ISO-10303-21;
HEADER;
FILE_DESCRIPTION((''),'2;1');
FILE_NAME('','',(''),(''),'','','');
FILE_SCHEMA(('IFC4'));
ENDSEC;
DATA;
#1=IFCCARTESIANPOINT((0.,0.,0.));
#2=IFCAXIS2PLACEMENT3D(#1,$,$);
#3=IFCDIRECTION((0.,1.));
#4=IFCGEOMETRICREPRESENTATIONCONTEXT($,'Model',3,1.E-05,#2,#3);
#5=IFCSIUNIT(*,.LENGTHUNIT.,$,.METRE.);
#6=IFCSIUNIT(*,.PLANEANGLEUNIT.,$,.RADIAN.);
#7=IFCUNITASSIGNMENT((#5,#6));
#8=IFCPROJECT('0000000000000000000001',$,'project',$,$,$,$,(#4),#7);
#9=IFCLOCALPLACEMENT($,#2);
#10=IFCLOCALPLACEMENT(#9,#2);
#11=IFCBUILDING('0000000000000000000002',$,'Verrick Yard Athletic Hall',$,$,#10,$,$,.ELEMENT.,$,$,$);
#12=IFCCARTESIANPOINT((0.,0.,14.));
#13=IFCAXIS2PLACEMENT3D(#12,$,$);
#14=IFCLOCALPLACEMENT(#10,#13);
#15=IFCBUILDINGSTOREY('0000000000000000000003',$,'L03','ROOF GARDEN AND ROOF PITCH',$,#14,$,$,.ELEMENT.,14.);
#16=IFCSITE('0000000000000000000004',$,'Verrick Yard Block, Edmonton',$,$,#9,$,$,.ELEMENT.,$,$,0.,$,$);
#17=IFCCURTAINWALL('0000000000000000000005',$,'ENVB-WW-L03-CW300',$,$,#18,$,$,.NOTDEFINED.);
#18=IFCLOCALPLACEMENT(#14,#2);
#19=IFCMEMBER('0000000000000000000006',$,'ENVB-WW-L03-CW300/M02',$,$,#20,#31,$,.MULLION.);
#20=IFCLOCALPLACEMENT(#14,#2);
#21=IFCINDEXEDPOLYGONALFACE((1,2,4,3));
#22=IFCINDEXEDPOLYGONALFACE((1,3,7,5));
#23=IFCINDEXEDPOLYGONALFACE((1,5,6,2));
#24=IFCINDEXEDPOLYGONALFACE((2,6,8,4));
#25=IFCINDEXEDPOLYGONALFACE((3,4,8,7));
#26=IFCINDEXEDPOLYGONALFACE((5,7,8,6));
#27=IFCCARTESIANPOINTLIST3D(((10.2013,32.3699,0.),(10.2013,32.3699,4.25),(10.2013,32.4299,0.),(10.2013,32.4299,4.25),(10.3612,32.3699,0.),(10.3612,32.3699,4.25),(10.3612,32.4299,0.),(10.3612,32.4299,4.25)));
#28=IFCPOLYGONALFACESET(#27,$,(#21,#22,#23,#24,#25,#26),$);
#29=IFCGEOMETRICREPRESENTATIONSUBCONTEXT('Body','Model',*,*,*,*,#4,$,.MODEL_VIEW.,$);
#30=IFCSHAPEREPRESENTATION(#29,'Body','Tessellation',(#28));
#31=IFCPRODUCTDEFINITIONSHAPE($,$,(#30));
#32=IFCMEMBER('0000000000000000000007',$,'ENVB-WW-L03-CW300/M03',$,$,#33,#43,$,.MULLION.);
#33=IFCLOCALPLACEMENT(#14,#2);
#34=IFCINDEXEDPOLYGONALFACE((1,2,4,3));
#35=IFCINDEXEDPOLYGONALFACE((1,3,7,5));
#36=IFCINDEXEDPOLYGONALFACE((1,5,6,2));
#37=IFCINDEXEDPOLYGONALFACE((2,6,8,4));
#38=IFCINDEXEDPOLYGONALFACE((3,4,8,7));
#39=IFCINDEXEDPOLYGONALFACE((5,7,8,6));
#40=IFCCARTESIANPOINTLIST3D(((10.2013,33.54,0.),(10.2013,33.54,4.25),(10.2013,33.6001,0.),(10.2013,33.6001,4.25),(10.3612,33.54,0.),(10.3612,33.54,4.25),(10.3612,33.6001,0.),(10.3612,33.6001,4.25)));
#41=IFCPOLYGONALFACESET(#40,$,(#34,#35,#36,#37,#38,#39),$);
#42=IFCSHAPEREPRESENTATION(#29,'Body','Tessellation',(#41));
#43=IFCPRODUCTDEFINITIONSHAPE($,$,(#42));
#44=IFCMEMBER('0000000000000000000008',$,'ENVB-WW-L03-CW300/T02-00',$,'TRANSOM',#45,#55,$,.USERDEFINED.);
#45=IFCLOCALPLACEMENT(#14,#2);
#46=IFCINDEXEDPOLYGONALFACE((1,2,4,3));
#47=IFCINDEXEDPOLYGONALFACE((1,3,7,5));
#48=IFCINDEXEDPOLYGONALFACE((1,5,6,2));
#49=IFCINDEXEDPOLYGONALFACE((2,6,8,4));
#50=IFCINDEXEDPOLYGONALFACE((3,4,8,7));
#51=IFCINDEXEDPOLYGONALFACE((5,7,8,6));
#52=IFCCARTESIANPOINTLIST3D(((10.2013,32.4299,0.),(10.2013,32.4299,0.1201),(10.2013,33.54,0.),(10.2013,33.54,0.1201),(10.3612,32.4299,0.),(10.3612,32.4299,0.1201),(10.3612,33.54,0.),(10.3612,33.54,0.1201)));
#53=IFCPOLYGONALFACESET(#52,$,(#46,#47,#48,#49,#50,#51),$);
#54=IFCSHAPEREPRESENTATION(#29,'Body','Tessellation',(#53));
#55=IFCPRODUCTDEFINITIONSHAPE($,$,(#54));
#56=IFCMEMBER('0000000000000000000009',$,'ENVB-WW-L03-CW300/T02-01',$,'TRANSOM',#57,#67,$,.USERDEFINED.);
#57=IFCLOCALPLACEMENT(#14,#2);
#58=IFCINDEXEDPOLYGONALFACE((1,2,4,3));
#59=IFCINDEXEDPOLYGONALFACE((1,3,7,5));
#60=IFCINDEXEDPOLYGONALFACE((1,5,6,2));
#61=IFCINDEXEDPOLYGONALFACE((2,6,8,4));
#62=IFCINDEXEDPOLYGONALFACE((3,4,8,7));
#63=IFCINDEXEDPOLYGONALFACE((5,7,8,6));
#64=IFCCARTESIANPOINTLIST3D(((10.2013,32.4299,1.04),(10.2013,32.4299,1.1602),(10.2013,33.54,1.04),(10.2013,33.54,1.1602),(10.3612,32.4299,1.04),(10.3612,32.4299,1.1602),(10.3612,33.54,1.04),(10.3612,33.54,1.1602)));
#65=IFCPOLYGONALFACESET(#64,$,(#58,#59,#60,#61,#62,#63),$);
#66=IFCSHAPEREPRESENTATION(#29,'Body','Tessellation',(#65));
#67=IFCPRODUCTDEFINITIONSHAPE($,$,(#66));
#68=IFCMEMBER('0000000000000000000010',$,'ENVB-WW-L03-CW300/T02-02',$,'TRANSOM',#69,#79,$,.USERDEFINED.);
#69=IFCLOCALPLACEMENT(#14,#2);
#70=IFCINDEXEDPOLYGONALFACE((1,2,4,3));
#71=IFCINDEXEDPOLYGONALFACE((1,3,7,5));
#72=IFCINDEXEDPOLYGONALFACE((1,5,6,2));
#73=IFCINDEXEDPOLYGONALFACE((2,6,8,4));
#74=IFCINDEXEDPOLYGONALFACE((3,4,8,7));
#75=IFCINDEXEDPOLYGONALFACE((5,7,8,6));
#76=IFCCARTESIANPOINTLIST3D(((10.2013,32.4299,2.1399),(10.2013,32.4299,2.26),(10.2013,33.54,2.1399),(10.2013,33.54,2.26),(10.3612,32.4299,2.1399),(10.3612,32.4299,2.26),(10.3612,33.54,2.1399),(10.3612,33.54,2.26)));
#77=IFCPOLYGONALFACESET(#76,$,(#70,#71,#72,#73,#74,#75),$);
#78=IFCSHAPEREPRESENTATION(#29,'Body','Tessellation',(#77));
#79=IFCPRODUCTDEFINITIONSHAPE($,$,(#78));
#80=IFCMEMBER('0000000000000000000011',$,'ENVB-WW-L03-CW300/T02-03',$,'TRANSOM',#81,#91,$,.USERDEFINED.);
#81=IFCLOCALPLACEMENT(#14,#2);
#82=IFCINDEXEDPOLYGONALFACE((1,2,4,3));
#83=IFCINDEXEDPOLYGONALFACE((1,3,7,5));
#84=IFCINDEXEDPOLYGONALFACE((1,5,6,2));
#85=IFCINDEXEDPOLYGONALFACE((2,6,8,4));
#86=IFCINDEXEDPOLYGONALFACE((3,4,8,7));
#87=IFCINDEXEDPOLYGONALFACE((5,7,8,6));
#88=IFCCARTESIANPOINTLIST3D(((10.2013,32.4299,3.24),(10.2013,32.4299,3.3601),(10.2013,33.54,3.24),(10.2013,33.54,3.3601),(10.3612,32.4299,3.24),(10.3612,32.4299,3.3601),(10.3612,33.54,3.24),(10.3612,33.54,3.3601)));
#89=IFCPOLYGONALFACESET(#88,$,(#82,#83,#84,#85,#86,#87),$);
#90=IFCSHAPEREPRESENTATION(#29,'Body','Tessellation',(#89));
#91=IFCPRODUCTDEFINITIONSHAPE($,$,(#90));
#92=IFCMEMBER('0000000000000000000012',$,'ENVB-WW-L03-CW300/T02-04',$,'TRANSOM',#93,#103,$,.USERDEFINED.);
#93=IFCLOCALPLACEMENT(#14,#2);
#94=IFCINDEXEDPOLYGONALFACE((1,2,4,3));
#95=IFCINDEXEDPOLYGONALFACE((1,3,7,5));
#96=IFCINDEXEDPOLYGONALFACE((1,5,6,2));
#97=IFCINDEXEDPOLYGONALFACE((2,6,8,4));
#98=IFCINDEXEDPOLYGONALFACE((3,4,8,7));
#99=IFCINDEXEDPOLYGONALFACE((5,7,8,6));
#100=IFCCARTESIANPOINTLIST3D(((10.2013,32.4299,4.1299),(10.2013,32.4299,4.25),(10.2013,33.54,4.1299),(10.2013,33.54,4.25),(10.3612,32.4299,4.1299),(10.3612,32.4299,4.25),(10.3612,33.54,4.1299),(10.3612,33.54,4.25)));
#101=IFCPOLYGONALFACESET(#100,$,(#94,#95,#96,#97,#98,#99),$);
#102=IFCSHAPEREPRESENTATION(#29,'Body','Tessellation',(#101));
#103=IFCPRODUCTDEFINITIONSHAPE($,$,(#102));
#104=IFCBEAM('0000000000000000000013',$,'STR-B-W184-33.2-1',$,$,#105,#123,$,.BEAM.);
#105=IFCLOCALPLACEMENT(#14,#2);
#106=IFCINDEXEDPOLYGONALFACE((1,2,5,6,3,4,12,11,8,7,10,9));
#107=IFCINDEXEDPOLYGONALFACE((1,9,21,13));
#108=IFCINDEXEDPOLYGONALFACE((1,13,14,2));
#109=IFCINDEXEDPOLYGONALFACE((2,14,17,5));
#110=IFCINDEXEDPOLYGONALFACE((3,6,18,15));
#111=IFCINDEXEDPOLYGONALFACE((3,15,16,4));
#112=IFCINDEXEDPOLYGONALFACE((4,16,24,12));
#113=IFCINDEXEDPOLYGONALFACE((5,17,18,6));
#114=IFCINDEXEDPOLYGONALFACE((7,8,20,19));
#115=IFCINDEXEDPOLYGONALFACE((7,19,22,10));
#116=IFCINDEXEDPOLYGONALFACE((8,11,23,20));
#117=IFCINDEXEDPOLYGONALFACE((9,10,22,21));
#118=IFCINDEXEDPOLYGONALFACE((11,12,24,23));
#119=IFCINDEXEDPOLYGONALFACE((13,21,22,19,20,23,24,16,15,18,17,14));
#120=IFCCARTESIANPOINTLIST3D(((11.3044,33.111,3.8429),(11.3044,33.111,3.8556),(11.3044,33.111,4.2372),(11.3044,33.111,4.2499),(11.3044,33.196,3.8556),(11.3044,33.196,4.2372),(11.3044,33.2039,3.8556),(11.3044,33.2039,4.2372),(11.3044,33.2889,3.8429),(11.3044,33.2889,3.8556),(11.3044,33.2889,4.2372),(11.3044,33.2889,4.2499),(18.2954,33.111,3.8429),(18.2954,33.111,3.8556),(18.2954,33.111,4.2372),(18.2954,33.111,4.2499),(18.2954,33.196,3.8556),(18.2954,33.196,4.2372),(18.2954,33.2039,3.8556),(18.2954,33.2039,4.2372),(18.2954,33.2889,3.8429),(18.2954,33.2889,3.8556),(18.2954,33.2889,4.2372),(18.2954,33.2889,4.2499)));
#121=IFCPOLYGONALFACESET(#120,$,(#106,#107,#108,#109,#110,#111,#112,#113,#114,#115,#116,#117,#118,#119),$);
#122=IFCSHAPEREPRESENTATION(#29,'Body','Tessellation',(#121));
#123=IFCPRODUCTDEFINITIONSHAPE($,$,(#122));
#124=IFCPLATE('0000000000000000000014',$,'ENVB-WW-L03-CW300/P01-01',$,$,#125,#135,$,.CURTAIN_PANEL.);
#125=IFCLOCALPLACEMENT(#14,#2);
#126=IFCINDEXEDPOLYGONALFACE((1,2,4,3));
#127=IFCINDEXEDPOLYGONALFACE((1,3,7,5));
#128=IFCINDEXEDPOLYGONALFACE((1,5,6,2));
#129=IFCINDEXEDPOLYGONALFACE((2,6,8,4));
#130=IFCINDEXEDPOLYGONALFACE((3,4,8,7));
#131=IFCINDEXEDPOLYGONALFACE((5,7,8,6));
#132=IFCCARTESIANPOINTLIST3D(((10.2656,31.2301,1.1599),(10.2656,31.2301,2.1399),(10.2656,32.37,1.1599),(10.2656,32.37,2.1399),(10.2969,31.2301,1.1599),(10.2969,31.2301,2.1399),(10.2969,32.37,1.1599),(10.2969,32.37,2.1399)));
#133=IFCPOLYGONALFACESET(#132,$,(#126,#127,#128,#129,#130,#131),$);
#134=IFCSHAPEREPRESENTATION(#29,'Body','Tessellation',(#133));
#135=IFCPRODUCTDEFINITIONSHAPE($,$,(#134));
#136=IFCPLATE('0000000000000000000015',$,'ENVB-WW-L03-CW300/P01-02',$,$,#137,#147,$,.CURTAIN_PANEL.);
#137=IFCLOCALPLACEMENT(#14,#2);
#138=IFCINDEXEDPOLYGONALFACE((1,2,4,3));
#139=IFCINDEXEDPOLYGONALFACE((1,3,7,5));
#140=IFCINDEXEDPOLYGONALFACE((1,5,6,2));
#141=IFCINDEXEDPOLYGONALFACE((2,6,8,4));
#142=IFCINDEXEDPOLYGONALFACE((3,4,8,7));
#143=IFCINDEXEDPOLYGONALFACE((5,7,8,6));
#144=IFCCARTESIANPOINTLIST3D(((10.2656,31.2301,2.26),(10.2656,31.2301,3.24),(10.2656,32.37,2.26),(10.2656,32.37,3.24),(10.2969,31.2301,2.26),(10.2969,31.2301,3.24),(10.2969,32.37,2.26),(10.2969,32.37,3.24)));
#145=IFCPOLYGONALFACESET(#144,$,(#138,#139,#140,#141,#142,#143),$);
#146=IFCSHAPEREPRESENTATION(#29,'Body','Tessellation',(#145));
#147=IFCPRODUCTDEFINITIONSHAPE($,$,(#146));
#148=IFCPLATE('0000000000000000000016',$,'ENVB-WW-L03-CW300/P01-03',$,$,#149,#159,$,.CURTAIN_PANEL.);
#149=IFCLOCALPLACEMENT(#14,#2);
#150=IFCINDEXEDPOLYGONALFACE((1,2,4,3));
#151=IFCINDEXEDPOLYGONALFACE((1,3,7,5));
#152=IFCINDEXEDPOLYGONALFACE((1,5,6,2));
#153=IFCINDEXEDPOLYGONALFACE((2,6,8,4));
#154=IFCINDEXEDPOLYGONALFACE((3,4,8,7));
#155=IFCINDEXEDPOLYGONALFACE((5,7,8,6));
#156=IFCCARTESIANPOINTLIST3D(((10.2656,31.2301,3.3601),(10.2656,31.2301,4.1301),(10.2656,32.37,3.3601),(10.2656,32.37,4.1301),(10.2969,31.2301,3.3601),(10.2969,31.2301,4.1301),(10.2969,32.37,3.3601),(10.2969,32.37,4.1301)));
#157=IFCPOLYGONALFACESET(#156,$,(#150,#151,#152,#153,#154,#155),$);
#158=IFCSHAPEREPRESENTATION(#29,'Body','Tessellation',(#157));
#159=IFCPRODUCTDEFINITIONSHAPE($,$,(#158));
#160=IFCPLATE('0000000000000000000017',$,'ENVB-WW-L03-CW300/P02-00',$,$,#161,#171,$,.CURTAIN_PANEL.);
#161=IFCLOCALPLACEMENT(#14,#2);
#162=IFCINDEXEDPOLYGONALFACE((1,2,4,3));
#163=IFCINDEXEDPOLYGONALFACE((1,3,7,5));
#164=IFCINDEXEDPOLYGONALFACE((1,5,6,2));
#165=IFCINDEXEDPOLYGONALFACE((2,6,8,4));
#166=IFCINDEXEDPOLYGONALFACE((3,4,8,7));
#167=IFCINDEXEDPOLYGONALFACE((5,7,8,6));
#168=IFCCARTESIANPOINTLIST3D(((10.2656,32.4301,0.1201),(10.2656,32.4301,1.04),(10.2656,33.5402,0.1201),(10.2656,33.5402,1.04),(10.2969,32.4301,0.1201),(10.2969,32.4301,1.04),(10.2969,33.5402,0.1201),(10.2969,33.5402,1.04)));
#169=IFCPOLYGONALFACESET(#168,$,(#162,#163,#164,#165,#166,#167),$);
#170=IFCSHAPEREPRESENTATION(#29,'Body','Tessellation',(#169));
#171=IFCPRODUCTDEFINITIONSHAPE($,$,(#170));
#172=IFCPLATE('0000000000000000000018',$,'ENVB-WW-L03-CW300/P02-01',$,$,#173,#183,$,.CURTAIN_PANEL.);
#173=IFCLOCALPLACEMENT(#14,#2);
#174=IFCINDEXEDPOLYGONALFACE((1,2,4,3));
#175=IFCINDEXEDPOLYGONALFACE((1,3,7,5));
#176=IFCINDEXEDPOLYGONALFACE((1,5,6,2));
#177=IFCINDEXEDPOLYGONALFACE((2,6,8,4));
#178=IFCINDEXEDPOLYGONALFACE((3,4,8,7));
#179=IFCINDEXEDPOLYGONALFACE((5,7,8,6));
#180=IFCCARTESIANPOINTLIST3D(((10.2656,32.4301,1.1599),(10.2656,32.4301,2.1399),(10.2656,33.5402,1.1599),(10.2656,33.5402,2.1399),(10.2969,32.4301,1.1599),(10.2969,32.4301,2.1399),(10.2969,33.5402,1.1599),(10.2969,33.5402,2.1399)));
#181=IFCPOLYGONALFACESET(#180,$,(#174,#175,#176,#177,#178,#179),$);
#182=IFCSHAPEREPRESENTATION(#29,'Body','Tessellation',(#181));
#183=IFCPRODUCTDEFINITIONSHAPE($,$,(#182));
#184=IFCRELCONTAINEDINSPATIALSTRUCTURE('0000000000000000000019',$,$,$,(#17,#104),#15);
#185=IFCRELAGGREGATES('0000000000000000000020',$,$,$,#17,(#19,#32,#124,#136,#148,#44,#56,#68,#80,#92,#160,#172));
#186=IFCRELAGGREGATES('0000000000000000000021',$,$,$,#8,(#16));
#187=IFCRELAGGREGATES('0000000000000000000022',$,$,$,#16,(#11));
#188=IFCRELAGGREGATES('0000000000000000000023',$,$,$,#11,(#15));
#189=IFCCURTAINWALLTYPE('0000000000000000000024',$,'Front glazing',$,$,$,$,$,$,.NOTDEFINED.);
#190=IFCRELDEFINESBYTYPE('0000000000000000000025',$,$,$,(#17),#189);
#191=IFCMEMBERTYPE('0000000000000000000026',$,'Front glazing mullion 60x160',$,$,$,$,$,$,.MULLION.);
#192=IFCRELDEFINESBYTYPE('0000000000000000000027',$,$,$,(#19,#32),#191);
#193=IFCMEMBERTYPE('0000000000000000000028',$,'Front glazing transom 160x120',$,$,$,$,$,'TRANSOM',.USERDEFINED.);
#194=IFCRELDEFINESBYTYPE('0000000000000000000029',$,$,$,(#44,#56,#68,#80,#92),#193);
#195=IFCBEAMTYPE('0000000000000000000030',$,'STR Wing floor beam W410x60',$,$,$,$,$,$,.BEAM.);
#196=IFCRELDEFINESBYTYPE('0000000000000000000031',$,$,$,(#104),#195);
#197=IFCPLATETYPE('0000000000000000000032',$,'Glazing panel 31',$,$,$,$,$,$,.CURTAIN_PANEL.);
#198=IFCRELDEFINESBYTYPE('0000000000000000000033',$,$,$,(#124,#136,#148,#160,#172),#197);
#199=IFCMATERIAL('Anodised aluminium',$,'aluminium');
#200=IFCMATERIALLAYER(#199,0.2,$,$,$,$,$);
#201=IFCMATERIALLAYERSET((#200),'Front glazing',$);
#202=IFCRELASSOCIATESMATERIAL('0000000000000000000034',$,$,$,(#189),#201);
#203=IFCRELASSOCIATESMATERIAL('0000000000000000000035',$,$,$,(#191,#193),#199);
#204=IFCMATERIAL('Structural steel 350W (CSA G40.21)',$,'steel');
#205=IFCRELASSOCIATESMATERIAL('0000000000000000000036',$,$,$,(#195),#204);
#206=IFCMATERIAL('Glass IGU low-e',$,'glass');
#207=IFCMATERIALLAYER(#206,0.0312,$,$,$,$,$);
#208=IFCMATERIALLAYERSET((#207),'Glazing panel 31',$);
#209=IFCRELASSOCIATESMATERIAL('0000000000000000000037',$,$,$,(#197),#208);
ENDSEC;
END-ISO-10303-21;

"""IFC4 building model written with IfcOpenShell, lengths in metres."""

from ifc_helpers import new_model, si_unit, direction, frame, origin, origin_2d, place, context, subcontext, project, spatial, rectangle, i_section, extrude, material, layer, layer_set, material_profile, profile_set, type_object, element, aggregate, save


model = new_model("IFC4")

# Units and contexts
model_context = context("Model", 3, precision=1e-05, world=origin(), true_north=direction((0.0, 1.0)))
body_context = subcontext(model_context, "Body", "Model", "MODEL_VIEW")
ifc_project = project(units=[si_unit("LENGTHUNIT", "METRE"), si_unit("PLANEANGLEUNIT", "RADIAN")], contexts=[model_context])

# Site, building, storey
site_placement = place(None, origin())
site = spatial("IfcSite", under=ifc_project, at=site_placement, Name="Verrick Yard Block, Edmonton", CompositionType="ELEMENT", RefElevation=0.0)
building_placement = place(site_placement, origin())
building = spatial("IfcBuilding", under=site, at=building_placement, Name="Verrick Yard Athletic Hall", CompositionType="ELEMENT")
storey_placement = place(building_placement, frame((0.0, 0.0, 14.0)))
storey = spatial("IfcBuildingStorey", under=building, at=storey_placement, Name="L03", Description="ROOF GARDEN AND ROOF PITCH", CompositionType="ELEMENT", Elevation=14.0)

# Curtain wall, members
ifc_material_1 = material(Name="Anodised aluminium", Category="aluminium")
ifc_layer_1 = layer(ifc_material_1, 0.2)
ifc_layer_set_1 = layer_set([ifc_layer_1], Name="Front glazing")
curtain_wall_type = type_object("IfcCurtainWallType", Name="Front glazing", PredefinedType="NOTDEFINED", material=ifc_layer_set_1)
curtain_wall_placement = place(storey_placement, origin())
curtain_wall = element("IfcCurtainWall", 1, at=curtain_wall_placement, inside=storey, type_object=curtain_wall_type, Name="ENVB-WW-L03-CW300", PredefinedType="NOTDEFINED")
ifc_material_profile_1 = material_profile(ifc_material_1, rectangle(XDim=0.1599, YDim=0.0601, at=origin_2d()), Name="CW mullion 60x160")
ifc_profile_set_1 = profile_set([ifc_material_profile_1], Name="Anodised aluminium")
member_type_1 = type_object("IfcMemberType", Name="Front glazing mullion 60x160", PredefinedType="MULLION", material=ifc_profile_set_1)
member_1_placement = place(storey_placement, frame((10.2812, 32.3999, 0.0), z_axis=(0.0, 0.0, 1.0), x_axis=(-1.0, 0.0, 0.0)))
member_1 = element("IfcMember", 2, at=member_1_placement, type_object=member_type_1, Name="ENVB-WW-L03-CW300/M02", PredefinedType="MULLION", context=body_context, shape_type="SweptSolid", body=[
    extrude(rectangle(XDim=0.1599, YDim=0.0601, at=origin_2d()), origin(), (0.0, 0.0, 1.0), 4.25),
])
member_2_placement = place(storey_placement, frame((10.2812, 33.5701, 0.0), z_axis=(0.0, 0.0, 1.0), x_axis=(-1.0, 0.0, 0.0)))
member_2 = element("IfcMember", 3, at=member_2_placement, type_object=member_type_1, Name="ENVB-WW-L03-CW300/M03", PredefinedType="MULLION", context=body_context, shape_type="SweptSolid", body=[
    extrude(rectangle(XDim=0.1599, YDim=0.0601, at=origin_2d()), origin(), (0.0, 0.0, 1.0), 4.25),
])
ifc_material_profile_2 = material_profile(ifc_material_1, rectangle(XDim=0.1599, YDim=0.1201, at=origin_2d()), Name="CW transom 160x120")
ifc_profile_set_2 = profile_set([ifc_material_profile_2], Name="Anodised aluminium")
member_type_2 = type_object("IfcMemberType", Name="Front glazing transom 160x120", ElementType="TRANSOM", PredefinedType="USERDEFINED", material=ifc_profile_set_2)
member_3_placement = place(storey_placement, frame((10.2812, 32.4299, 0.0601), z_axis=(0.0, 1.0, 0.0), x_axis=(-1.0, 0.0, 0.0)))
member_3 = element("IfcMember", 4, at=member_3_placement, type_object=member_type_2, Name="ENVB-WW-L03-CW300/T02-00", ObjectType="TRANSOM", PredefinedType="USERDEFINED", context=body_context, shape_type="SweptSolid", body=[
    extrude(rectangle(XDim=0.1599, YDim=0.1201, at=origin_2d()), origin(), (0.0, 0.0, 1.0), 1.1101),
])
member_4_placement = place(storey_placement, frame((10.2812, 32.4299, 1.1001), z_axis=(0.0, 1.0, 0.0), x_axis=(-1.0, 0.0, 0.0)))
member_4 = element("IfcMember", 5, at=member_4_placement, type_object=member_type_2, Name="ENVB-WW-L03-CW300/T02-01", ObjectType="TRANSOM", PredefinedType="USERDEFINED", context=body_context, shape_type="SweptSolid", body=[
    extrude(rectangle(XDim=0.1599, YDim=0.1201, at=origin_2d()), origin(), (0.0, 0.0, 1.0), 1.1101),
])
member_5_placement = place(storey_placement, frame((10.2812, 32.4299, 2.2), z_axis=(0.0, 1.0, 0.0), x_axis=(-1.0, 0.0, 0.0)))
member_5 = element("IfcMember", 6, at=member_5_placement, type_object=member_type_2, Name="ENVB-WW-L03-CW300/T02-02", ObjectType="TRANSOM", PredefinedType="USERDEFINED", context=body_context, shape_type="SweptSolid", body=[
    extrude(rectangle(XDim=0.1599, YDim=0.1201, at=origin_2d()), origin(), (0.0, 0.0, 1.0), 1.1101),
])
member_6_placement = place(storey_placement, frame((10.2812, 32.4299, 3.3), z_axis=(0.0, 1.0, 0.0), x_axis=(-1.0, 0.0, 0.0)))
member_6 = element("IfcMember", 7, at=member_6_placement, type_object=member_type_2, Name="ENVB-WW-L03-CW300/T02-03", ObjectType="TRANSOM", PredefinedType="USERDEFINED", context=body_context, shape_type="SweptSolid", body=[
    extrude(rectangle(XDim=0.1599, YDim=0.1201, at=origin_2d()), origin(), (0.0, 0.0, 1.0), 1.1101),
])
member_7_placement = place(storey_placement, frame((10.2812, 32.4299, 4.1899), z_axis=(0.0, 1.0, 0.0), x_axis=(-1.0, 0.0, 0.0)))
member_7 = element("IfcMember", 8, at=member_7_placement, type_object=member_type_2, Name="ENVB-WW-L03-CW300/T02-04", ObjectType="TRANSOM", PredefinedType="USERDEFINED", context=body_context, shape_type="SweptSolid", body=[
    extrude(rectangle(XDim=0.1599, YDim=0.1201, at=origin_2d()), origin(), (0.0, 0.0, 1.0), 1.1101),
])

# Beam
ifc_material_2 = material(Name="Structural steel 350W (CSA G40.21)", Category="steel")
ifc_material_profile_3 = material_profile(ifc_material_2, i_section(OverallWidth=0.178, OverallDepth=0.407, WebThickness=0.0078, FlangeThickness=0.0127, at=origin_2d()), Name="W410x60")
ifc_profile_set_3 = profile_set([ifc_material_profile_3], Name="Structural steel 350W (CSA G40.21)")
beam_type = type_object("IfcBeamType", Name="STR Wing floor beam W410x60", PredefinedType="BEAM", material=ifc_profile_set_3)
beam_placement = place(storey_placement, frame((11.3044, 33.2, 4.0464), z_axis=(1.0, 0.0, 0.0), x_axis=(0.0, 1.0, 0.0)))
element("IfcBeam", 9, at=beam_placement, inside=storey, type_object=beam_type, Name="STR-B-W184-33.2-1", PredefinedType="BEAM", context=body_context, shape_type="SweptSolid", body=[
    extrude(i_section(OverallWidth=0.178, OverallDepth=0.407, WebThickness=0.0078, FlangeThickness=0.0127, at=origin_2d()), origin(), (0.0, 0.0, 1.0), 6.991),
])

# Plates
ifc_material_3 = material(Name="Glass IGU low-e", Category="glass")
ifc_layer_2 = layer(ifc_material_3, 0.0312)
ifc_layer_set_2 = layer_set([ifc_layer_2], Name="Glazing panel 31")
plate_type = type_object("IfcPlateType", Name="Glazing panel 31", PredefinedType="CURTAIN_PANEL", material=ifc_layer_set_2)
plate_1_placement = place(storey_placement, frame((10.2812, 31.8, 1.1599), z_axis=(0.0, 0.0, 1.0), x_axis=(0.0, 1.0, 0.0)))
plate_1 = element("IfcPlate", 10, at=plate_1_placement, type_object=plate_type, Name="ENVB-WW-L03-CW300/P01-01", PredefinedType="CURTAIN_PANEL", context=body_context, shape_type="SweptSolid", body=[
    extrude(rectangle(XDim=1.1399, YDim=0.0312, at=origin_2d()), origin(), (0.0, 0.0, 1.0), 0.98),
])
plate_2_placement = place(storey_placement, frame((10.2812, 31.8, 2.26), z_axis=(0.0, 0.0, 1.0), x_axis=(0.0, 1.0, 0.0)))
plate_2 = element("IfcPlate", 11, at=plate_2_placement, type_object=plate_type, Name="ENVB-WW-L03-CW300/P01-02", PredefinedType="CURTAIN_PANEL", context=body_context, shape_type="SweptSolid", body=[
    extrude(rectangle(XDim=1.1399, YDim=0.0312, at=origin_2d()), origin(), (0.0, 0.0, 1.0), 0.98),
])
plate_3_placement = place(storey_placement, frame((10.2812, 31.8, 3.3601), z_axis=(0.0, 0.0, 1.0), x_axis=(0.0, 1.0, 0.0)))
plate_3 = element("IfcPlate", 12, at=plate_3_placement, type_object=plate_type, Name="ENVB-WW-L03-CW300/P01-03", PredefinedType="CURTAIN_PANEL", context=body_context, shape_type="SweptSolid", body=[
    extrude(rectangle(XDim=1.1399, YDim=0.0312, at=origin_2d()), origin(), (0.0, 0.0, 1.0), 0.77),
])
plate_4_placement = place(storey_placement, frame((10.2812, 32.9851, 0.1201), z_axis=(0.0, 0.0, 1.0), x_axis=(0.0, 1.0, 0.0)))
plate_4 = element("IfcPlate", 13, at=plate_4_placement, type_object=plate_type, Name="ENVB-WW-L03-CW300/P02-00", PredefinedType="CURTAIN_PANEL", context=body_context, shape_type="SweptSolid", body=[
    extrude(rectangle(XDim=1.1101, YDim=0.0312, at=origin_2d()), origin(), (0.0, 0.0, 1.0), 0.9199),
])
plate_5_placement = place(storey_placement, frame((10.2812, 32.9851, 1.1599), z_axis=(0.0, 0.0, 1.0), x_axis=(0.0, 1.0, 0.0)))
plate_5 = element("IfcPlate", 14, at=plate_5_placement, type_object=plate_type, Name="ENVB-WW-L03-CW300/P02-01", PredefinedType="CURTAIN_PANEL", context=body_context, shape_type="SweptSolid", body=[
    extrude(rectangle(XDim=1.1101, YDim=0.0312, at=origin_2d()), origin(), (0.0, 0.0, 1.0), 0.98),
])
aggregate(curtain_wall, [member_1, member_2, plate_1, plate_2, plate_3, member_3, member_4, member_5, member_6, member_7, plate_4, plate_5])

save(model, "model.ifc")
